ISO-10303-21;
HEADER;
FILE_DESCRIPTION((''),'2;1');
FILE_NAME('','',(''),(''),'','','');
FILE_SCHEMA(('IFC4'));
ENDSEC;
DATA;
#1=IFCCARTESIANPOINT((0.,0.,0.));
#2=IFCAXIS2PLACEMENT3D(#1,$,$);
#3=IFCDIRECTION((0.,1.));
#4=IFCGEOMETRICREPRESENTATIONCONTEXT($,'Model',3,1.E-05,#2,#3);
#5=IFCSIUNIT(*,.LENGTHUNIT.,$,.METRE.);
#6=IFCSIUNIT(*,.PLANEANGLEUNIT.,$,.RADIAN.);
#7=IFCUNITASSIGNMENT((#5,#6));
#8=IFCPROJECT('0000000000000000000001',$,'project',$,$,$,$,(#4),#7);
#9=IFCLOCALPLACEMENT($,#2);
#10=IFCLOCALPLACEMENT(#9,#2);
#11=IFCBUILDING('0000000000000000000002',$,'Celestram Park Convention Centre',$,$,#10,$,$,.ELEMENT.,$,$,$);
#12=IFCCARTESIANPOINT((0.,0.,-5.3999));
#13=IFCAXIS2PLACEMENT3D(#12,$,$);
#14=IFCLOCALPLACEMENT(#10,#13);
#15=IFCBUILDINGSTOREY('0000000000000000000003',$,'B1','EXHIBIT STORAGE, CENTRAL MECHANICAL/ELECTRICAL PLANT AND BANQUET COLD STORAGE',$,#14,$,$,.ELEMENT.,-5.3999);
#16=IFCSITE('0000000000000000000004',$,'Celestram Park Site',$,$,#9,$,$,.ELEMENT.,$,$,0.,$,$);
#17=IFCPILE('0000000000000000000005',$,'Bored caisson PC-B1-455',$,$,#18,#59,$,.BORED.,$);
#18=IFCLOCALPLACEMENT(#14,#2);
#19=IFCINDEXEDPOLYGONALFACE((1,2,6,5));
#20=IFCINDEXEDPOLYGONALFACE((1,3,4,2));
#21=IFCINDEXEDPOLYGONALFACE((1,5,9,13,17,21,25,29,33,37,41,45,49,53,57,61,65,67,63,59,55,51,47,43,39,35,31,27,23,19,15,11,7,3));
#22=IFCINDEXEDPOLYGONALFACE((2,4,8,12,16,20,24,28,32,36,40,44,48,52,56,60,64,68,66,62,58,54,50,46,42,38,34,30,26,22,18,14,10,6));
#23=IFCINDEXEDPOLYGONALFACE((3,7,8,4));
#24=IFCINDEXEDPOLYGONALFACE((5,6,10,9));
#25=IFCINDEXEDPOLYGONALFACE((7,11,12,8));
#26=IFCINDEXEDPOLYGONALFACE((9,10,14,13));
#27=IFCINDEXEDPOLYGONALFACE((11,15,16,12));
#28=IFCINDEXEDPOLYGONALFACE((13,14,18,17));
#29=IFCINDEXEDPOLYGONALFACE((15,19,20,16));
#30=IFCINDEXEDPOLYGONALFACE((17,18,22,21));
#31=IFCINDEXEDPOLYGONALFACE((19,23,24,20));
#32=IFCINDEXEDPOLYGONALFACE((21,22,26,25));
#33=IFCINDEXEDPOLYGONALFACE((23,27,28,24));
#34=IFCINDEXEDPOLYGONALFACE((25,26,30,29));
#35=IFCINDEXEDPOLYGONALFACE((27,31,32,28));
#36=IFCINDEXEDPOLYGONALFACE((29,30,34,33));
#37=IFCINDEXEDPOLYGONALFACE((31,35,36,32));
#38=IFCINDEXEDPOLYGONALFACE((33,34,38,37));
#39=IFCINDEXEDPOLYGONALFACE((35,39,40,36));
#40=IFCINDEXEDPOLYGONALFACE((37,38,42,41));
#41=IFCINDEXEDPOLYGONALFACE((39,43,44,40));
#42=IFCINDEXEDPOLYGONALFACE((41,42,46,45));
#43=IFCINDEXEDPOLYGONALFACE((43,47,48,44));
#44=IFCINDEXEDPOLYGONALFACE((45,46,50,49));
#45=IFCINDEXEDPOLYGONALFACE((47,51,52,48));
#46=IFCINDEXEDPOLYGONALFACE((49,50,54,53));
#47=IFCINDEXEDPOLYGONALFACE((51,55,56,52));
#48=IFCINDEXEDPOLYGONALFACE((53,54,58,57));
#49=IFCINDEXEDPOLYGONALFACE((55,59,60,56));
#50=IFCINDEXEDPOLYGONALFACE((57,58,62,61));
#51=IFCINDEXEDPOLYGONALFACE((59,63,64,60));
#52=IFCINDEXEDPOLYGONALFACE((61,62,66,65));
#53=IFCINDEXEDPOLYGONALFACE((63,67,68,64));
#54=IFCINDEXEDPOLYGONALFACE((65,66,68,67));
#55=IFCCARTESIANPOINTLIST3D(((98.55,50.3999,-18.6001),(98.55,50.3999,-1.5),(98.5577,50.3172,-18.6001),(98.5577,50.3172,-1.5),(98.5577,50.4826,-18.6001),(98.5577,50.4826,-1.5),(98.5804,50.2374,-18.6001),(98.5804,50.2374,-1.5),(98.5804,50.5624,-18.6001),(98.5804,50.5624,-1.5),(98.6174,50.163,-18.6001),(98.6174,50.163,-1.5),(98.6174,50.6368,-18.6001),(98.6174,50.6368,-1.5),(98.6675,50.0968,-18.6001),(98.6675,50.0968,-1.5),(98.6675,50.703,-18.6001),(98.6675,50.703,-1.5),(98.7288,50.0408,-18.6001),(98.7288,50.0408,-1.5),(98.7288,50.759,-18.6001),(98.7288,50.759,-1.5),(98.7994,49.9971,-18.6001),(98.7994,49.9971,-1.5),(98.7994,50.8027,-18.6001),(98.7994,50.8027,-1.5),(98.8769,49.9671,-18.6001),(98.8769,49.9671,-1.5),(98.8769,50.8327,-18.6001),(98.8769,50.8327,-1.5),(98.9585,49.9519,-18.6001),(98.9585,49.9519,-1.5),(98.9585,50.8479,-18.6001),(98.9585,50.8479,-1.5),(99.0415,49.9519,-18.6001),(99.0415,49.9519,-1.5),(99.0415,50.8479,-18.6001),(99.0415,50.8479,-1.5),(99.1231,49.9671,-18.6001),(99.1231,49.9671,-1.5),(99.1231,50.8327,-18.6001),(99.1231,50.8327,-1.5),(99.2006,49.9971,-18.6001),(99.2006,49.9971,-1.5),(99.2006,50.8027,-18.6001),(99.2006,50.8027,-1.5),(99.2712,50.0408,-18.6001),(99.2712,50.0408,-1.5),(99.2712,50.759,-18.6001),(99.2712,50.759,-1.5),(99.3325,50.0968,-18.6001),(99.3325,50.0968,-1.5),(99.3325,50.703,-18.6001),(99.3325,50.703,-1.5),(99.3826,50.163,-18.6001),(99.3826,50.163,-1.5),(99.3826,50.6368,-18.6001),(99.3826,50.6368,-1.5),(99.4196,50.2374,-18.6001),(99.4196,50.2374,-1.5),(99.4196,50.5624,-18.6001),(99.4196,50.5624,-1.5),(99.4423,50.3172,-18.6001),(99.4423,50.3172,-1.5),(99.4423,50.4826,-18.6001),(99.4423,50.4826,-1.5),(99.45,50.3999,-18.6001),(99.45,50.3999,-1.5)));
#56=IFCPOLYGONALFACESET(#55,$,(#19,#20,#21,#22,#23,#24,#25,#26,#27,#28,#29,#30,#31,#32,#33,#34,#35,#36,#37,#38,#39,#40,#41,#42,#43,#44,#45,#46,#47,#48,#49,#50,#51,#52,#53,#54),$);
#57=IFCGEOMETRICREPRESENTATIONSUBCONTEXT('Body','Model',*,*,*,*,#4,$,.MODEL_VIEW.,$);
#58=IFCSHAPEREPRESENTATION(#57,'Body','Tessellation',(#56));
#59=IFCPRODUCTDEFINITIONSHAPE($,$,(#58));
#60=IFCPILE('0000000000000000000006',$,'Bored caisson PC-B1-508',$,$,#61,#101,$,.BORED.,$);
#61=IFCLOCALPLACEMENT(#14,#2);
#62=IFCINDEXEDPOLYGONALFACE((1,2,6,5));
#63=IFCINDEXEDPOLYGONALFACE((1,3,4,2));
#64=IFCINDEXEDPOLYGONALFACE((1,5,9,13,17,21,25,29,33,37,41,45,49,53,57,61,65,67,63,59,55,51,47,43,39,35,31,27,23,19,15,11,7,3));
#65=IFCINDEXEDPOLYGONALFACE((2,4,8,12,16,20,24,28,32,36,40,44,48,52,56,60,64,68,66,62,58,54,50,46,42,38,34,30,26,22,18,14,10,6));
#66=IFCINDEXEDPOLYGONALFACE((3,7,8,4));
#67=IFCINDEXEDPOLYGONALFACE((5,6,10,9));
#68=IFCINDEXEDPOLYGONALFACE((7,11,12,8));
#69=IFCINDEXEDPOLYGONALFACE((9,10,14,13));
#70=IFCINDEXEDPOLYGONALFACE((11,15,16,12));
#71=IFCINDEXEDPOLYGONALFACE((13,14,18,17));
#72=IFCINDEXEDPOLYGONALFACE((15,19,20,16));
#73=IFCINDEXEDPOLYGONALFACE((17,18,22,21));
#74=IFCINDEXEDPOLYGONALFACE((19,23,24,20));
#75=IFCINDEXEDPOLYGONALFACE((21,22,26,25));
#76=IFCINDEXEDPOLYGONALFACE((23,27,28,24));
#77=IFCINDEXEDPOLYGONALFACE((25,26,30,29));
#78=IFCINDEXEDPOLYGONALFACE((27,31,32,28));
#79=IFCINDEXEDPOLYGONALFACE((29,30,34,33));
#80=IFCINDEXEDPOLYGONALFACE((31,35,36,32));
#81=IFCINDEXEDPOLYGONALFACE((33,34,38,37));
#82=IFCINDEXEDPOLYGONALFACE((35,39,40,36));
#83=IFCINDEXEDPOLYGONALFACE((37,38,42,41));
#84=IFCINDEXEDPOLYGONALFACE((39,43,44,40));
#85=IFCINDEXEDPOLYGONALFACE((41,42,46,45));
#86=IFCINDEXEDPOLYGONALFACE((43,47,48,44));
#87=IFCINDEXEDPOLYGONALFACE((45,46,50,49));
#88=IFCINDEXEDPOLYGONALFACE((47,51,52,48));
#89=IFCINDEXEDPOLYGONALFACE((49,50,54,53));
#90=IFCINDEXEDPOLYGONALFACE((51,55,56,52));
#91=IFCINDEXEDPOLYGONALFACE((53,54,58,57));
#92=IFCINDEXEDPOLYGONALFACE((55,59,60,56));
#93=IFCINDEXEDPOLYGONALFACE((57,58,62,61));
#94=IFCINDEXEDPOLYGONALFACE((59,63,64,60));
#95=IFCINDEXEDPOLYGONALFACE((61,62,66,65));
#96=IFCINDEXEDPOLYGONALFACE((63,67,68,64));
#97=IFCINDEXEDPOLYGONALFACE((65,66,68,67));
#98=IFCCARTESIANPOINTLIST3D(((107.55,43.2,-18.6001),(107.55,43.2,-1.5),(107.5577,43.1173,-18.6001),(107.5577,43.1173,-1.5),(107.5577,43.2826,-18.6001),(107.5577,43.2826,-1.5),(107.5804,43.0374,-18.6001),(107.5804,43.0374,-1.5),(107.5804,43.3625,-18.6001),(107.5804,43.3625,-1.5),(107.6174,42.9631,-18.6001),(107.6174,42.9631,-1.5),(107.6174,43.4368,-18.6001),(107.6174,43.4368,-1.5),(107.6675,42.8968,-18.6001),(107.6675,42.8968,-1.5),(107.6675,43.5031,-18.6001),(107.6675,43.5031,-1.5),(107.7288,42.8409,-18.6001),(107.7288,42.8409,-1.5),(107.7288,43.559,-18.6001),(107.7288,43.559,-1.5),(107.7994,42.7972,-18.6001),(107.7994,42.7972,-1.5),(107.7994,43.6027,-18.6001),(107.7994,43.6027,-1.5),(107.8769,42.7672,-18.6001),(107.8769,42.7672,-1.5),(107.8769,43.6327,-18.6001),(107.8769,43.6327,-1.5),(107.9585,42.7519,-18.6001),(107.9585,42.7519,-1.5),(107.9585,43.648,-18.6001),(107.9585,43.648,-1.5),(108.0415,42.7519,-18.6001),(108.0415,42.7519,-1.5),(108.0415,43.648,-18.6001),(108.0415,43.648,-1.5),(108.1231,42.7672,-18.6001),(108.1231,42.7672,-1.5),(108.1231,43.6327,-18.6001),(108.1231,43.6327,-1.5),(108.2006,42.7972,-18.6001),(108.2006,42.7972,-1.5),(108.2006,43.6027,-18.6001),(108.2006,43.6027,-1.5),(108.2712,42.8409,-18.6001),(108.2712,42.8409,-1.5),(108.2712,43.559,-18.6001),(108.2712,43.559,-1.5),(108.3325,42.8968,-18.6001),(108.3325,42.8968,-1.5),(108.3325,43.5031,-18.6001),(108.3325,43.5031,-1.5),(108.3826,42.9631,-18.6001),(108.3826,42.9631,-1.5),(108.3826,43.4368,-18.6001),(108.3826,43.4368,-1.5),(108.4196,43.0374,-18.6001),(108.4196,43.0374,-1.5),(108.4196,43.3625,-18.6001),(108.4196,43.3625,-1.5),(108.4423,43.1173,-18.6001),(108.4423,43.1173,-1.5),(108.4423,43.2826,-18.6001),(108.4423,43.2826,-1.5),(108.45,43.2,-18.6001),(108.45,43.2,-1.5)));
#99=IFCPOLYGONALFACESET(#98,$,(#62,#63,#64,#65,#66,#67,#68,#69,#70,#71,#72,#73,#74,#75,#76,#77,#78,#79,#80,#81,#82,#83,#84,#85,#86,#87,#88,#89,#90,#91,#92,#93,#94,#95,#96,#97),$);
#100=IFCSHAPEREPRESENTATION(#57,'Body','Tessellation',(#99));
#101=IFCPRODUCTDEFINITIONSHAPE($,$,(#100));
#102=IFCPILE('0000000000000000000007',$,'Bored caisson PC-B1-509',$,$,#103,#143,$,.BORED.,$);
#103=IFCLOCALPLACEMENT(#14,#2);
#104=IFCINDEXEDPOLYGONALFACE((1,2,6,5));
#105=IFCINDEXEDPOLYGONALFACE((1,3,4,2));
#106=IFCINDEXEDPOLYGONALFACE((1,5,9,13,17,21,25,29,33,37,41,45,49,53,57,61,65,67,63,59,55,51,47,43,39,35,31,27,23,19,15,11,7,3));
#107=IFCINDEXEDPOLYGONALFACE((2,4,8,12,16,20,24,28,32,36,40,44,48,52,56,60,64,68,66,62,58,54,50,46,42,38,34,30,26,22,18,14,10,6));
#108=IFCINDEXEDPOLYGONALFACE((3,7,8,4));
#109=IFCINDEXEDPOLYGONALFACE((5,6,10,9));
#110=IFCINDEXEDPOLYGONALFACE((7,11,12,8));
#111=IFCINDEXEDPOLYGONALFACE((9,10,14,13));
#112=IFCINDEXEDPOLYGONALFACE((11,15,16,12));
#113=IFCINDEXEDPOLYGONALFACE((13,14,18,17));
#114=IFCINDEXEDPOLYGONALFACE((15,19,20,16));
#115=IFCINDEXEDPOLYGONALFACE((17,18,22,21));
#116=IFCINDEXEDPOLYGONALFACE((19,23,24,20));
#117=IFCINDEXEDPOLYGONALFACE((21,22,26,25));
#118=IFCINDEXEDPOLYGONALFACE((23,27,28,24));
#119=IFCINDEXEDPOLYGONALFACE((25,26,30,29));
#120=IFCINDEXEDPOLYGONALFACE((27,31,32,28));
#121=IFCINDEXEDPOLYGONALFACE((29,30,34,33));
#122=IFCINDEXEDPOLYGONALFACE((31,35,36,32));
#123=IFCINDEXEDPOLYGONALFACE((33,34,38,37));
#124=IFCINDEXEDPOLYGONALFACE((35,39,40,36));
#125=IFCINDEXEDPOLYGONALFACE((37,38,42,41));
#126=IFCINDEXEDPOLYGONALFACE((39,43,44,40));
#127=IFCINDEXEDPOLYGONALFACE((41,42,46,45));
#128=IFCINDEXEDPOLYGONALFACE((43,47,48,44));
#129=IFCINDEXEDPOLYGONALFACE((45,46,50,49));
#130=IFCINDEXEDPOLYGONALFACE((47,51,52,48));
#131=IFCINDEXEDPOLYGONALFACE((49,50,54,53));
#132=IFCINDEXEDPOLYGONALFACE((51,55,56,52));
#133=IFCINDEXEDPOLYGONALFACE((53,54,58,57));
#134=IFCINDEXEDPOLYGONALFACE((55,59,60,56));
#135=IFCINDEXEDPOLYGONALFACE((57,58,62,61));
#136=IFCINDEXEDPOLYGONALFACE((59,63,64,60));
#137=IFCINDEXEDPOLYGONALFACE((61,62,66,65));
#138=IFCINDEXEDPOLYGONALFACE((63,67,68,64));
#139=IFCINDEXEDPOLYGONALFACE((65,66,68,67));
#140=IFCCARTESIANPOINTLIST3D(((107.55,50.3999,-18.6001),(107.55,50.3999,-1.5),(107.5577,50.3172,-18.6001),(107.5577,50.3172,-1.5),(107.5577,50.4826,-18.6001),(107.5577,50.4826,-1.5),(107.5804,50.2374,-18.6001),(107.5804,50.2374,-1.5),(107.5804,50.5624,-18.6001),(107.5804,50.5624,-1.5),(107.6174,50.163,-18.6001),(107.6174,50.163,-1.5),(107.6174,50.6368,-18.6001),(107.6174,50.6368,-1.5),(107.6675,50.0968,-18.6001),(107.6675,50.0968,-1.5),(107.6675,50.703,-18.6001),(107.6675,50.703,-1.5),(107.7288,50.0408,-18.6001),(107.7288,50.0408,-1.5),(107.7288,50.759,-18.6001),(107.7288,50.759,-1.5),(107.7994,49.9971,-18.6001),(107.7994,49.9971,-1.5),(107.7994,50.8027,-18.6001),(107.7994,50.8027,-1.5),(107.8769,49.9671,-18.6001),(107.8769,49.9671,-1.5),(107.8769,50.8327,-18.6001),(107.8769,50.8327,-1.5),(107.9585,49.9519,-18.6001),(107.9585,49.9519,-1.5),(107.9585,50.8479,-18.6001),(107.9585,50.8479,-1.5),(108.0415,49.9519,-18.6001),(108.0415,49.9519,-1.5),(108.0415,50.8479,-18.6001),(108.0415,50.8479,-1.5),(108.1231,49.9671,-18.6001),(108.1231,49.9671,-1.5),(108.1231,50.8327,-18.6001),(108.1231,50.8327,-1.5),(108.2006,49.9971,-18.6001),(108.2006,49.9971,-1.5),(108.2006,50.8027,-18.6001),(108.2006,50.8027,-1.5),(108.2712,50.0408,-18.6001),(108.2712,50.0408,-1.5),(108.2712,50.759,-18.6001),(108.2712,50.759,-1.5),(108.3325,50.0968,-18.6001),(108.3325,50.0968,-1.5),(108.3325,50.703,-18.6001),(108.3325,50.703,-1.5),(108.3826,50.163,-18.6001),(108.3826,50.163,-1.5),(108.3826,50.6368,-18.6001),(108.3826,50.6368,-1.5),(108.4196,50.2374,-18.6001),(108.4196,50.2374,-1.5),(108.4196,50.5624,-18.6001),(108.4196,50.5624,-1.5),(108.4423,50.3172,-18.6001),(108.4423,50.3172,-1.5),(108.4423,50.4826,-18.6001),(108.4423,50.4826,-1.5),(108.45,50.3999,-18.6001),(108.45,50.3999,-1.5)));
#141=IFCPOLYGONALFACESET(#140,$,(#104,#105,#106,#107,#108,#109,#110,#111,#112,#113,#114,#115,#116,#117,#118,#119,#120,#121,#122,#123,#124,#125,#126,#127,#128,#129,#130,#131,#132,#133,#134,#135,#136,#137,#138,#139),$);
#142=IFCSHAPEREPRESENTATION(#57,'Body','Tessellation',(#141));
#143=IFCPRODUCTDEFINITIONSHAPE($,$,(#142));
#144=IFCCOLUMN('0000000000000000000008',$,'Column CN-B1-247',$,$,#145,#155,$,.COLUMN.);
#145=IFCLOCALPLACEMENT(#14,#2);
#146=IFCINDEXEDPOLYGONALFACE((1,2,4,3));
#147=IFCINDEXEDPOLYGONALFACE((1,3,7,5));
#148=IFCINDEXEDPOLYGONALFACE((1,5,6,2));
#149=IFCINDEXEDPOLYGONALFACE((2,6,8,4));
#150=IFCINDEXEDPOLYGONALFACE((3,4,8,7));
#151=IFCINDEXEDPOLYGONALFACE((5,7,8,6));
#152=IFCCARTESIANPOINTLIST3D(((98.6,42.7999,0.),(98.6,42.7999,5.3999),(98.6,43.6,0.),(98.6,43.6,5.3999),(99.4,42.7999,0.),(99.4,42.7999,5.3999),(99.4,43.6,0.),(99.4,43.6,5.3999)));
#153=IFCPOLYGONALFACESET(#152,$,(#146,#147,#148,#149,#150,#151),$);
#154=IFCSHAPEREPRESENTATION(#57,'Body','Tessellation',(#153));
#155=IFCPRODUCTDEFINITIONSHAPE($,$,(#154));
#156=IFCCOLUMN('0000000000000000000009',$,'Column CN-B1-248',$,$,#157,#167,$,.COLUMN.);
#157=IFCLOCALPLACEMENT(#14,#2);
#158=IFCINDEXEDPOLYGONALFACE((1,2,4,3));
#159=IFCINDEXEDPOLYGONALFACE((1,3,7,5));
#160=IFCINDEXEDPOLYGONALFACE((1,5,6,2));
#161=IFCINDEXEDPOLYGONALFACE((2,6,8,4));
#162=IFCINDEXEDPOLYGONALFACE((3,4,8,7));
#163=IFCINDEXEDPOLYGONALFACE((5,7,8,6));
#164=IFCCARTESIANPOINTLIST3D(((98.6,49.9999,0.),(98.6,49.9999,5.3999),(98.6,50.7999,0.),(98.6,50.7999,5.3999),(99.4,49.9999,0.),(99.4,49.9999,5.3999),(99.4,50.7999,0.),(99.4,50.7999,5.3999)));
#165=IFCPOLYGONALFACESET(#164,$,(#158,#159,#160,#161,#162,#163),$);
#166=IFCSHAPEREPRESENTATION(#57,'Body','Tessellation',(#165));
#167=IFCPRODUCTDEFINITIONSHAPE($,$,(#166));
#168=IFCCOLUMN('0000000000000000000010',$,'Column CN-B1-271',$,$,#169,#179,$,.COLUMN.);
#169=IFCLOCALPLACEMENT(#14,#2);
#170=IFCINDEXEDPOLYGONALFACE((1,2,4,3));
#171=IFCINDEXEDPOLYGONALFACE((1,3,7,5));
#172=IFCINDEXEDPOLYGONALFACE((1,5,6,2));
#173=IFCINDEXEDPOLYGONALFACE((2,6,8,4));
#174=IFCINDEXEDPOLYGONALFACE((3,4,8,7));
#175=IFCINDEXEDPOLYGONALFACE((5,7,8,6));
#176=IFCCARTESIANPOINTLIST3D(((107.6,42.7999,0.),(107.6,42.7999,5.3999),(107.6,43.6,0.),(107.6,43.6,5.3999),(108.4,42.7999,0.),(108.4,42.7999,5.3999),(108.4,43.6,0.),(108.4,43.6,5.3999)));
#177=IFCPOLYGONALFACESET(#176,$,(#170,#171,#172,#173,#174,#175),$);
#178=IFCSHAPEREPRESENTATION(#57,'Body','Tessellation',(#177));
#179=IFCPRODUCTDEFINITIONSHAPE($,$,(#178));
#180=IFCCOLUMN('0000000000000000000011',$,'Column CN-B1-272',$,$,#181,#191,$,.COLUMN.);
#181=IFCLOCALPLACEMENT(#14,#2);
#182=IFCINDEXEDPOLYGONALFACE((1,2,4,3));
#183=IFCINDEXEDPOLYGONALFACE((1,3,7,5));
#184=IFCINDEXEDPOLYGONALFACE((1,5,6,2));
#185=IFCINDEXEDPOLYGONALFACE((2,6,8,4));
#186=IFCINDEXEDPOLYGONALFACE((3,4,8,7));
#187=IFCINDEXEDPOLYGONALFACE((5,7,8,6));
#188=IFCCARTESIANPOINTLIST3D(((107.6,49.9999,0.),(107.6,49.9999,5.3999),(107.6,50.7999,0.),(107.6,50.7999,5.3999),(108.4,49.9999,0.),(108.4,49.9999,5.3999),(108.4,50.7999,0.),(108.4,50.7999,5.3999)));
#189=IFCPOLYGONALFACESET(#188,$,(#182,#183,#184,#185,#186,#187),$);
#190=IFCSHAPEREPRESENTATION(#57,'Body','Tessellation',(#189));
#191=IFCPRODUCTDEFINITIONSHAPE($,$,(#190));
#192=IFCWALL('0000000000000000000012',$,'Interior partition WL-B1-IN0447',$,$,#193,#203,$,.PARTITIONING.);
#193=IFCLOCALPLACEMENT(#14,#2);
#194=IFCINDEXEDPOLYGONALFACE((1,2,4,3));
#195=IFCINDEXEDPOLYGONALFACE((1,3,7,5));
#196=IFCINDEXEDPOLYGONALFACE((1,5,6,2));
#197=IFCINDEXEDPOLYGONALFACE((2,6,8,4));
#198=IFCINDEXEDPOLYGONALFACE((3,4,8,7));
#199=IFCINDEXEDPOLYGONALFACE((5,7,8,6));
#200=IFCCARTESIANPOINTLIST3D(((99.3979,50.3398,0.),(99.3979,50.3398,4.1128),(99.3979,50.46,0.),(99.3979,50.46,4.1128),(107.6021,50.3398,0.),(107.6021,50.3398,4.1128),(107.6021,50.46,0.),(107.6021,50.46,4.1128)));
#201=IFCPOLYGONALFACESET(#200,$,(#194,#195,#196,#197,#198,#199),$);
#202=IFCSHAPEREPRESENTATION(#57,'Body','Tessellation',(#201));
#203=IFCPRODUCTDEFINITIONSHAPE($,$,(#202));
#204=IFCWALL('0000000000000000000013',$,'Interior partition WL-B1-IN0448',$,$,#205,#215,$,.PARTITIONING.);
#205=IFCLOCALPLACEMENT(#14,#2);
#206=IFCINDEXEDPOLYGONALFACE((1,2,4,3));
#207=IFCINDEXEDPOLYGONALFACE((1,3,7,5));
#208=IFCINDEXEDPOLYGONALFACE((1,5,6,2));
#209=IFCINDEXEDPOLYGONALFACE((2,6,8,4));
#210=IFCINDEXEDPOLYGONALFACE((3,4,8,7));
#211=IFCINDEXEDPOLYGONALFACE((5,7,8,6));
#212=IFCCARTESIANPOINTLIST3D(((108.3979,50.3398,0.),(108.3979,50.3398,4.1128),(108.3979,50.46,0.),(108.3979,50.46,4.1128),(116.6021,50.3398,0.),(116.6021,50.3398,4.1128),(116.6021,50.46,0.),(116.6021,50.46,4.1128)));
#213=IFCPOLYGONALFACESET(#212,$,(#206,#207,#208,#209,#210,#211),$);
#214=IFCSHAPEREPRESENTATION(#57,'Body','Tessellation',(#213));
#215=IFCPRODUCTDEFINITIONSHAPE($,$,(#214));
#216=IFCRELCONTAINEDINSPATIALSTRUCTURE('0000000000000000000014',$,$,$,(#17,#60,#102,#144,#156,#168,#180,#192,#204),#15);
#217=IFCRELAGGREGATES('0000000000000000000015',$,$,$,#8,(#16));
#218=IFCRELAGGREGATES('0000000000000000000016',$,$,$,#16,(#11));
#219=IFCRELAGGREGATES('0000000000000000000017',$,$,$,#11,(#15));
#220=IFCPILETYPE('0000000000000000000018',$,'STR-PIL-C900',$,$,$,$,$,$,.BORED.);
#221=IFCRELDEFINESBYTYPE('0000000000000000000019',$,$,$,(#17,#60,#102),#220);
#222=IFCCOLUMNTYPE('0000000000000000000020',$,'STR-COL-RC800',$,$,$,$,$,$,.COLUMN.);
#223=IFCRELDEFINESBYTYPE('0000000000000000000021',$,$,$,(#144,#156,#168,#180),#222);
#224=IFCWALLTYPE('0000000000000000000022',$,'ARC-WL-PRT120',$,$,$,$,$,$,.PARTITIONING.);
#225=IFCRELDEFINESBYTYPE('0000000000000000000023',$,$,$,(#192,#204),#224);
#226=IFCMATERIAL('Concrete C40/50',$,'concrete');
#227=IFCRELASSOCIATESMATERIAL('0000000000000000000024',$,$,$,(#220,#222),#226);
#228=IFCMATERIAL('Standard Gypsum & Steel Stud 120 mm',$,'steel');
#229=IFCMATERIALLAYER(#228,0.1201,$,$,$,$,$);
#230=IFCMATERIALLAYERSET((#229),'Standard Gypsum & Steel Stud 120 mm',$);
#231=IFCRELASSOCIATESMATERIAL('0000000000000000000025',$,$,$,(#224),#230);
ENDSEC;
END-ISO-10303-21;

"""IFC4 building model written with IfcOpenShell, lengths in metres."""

from ifc_helpers import new_model, si_unit, direction, frame, frame_2d, origin, origin_2d, place, context, subcontext, project, spatial, rectangle, circle, extrude, material, layer, layer_set, material_profile, profile_set, type_object, element, save


model = new_model("IFC4")

# Units and contexts
model_context = context("Model", 3, precision=1e-05, world=origin(), true_north=direction((0.0, 1.0)))
body_context = subcontext(model_context, "Body", "Model", "MODEL_VIEW")
ifc_project = project(units=[si_unit("LENGTHUNIT", "METRE"), si_unit("PLANEANGLEUNIT", "RADIAN")], contexts=[model_context])

# Site, building, storey
site_placement = place(None, origin())
site = spatial("IfcSite", under=ifc_project, at=site_placement, Name="Celestram Park Site", CompositionType="ELEMENT", RefElevation=0.0)
building_placement = place(site_placement, origin())
building = spatial("IfcBuilding", under=site, at=building_placement, Name="Celestram Park Convention Centre", CompositionType="ELEMENT")
storey_placement = place(building_placement, frame((0.0, 0.0, -5.3999)))
storey = spatial("IfcBuildingStorey", under=building, at=storey_placement, Name="B1", Description="EXHIBIT STORAGE, CENTRAL MECHANICAL/ELECTRICAL PLANT AND BANQUET COLD STORAGE", CompositionType="ELEMENT", Elevation=-5.3999)

# Shared definitions
ifc_material_1 = material(Name="Concrete C40/50", Category="concrete")

# Piles
ifc_material_profile_1 = material_profile(ifc_material_1, circle(Radius=0.45, at=origin_2d()), Name="CAISSON900")
ifc_profile_set_1 = profile_set([ifc_material_profile_1], Name="Concrete C40/50")
pile_type = type_object("IfcPileType", Name="STR-PIL-C900", PredefinedType="BORED", material=ifc_profile_set_1)
for number, where, z_axis, x_axis, name in (
    (1, (99.0, 50.3999, -1.5), (0.0, 0.0, -1.0), (1.0, 0.0, 0.0), "Bored caisson PC-B1-455"),
    (2, (108.0, 43.2, -1.5), (0.0, 0.0, -1.0), (1.0, 0.0, 0.0), "Bored caisson PC-B1-508"),
    (3, (108.0, 50.3999, -1.5), (0.0, 0.0, -1.0), (1.0, 0.0, 0.0), "Bored caisson PC-B1-509"),
):
    element("IfcPile", number, at=place(storey_placement, frame(where, z_axis=z_axis, x_axis=x_axis)), inside=storey, type_object=pile_type, Name=name, PredefinedType="BORED", context=body_context, shape_type="SweptSolid", body=[
        extrude(circle(Radius=0.45, at=origin_2d()), origin(), (0.0, 0.0, 1.0), 17.1001),
    ])

# Columns
ifc_material_profile_2 = material_profile(ifc_material_1, rectangle(XDim=0.8, YDim=0.8, at=origin_2d()), Name="RC800X800")
ifc_profile_set_2 = profile_set([ifc_material_profile_2], Name="Concrete C40/50")
column_type = type_object("IfcColumnType", Name="STR-COL-RC800", PredefinedType="COLUMN", material=ifc_profile_set_2)
for number, where, z_axis, x_axis, name in (
    (4, (99.0, 43.2, 0.0), (0.0, 0.0, 1.0), (1.0, 0.0, 0.0), "Column CN-B1-247"),
    (5, (99.0, 50.3999, 0.0), (0.0, 0.0, 1.0), (1.0, 0.0, 0.0), "Column CN-B1-248"),
    (6, (108.0, 43.2, 0.0), (0.0, 0.0, 1.0), (1.0, 0.0, 0.0), "Column CN-B1-271"),
    (7, (108.0, 50.3999, 0.0), (0.0, 0.0, 1.0), (1.0, 0.0, 0.0), "Column CN-B1-272"),
):
    element("IfcColumn", number, at=place(storey_placement, frame(where, z_axis=z_axis, x_axis=x_axis)), inside=storey, type_object=column_type, Name=name, PredefinedType="COLUMN", context=body_context, shape_type="SweptSolid", body=[
        extrude(rectangle(XDim=0.8, YDim=0.8, at=origin_2d()), origin(), (0.0, 0.0, 1.0), 5.3999),
    ])

# Walls
ifc_material_2 = material(Name="Standard Gypsum & Steel Stud 120 mm", Category="steel")
ifc_layer = layer(ifc_material_2, 0.1201)
ifc_layer_set = layer_set([ifc_layer], Name="Standard Gypsum & Steel Stud 120 mm")
wall_type = type_object("IfcWallType", Name="ARC-WL-PRT120", PredefinedType="PARTITIONING", material=ifc_layer_set)
for number, where, z_axis, x_axis, name in (
    (8, (99.3979, 50.3999, 0.0), (0.0, 0.0, 1.0), (1.0, 0.0, 0.0), "Interior partition WL-B1-IN0447"),
    (9, (108.3979, 50.3999, 0.0), (0.0, 0.0, 1.0), (1.0, 0.0, 0.0), "Interior partition WL-B1-IN0448"),
):
    element("IfcWall", number, at=place(storey_placement, frame(where, z_axis=z_axis, x_axis=x_axis)), inside=storey, type_object=wall_type, Name=name, PredefinedType="PARTITIONING", context=body_context, shape_type="SweptSolid", body=[
        extrude(rectangle(XDim=8.2041, YDim=0.1201, at=frame_2d((4.1021, 0.0))), origin(), (0.0, 0.0, 1.0), 4.1128),
    ])

save(model, "model.ifc")
